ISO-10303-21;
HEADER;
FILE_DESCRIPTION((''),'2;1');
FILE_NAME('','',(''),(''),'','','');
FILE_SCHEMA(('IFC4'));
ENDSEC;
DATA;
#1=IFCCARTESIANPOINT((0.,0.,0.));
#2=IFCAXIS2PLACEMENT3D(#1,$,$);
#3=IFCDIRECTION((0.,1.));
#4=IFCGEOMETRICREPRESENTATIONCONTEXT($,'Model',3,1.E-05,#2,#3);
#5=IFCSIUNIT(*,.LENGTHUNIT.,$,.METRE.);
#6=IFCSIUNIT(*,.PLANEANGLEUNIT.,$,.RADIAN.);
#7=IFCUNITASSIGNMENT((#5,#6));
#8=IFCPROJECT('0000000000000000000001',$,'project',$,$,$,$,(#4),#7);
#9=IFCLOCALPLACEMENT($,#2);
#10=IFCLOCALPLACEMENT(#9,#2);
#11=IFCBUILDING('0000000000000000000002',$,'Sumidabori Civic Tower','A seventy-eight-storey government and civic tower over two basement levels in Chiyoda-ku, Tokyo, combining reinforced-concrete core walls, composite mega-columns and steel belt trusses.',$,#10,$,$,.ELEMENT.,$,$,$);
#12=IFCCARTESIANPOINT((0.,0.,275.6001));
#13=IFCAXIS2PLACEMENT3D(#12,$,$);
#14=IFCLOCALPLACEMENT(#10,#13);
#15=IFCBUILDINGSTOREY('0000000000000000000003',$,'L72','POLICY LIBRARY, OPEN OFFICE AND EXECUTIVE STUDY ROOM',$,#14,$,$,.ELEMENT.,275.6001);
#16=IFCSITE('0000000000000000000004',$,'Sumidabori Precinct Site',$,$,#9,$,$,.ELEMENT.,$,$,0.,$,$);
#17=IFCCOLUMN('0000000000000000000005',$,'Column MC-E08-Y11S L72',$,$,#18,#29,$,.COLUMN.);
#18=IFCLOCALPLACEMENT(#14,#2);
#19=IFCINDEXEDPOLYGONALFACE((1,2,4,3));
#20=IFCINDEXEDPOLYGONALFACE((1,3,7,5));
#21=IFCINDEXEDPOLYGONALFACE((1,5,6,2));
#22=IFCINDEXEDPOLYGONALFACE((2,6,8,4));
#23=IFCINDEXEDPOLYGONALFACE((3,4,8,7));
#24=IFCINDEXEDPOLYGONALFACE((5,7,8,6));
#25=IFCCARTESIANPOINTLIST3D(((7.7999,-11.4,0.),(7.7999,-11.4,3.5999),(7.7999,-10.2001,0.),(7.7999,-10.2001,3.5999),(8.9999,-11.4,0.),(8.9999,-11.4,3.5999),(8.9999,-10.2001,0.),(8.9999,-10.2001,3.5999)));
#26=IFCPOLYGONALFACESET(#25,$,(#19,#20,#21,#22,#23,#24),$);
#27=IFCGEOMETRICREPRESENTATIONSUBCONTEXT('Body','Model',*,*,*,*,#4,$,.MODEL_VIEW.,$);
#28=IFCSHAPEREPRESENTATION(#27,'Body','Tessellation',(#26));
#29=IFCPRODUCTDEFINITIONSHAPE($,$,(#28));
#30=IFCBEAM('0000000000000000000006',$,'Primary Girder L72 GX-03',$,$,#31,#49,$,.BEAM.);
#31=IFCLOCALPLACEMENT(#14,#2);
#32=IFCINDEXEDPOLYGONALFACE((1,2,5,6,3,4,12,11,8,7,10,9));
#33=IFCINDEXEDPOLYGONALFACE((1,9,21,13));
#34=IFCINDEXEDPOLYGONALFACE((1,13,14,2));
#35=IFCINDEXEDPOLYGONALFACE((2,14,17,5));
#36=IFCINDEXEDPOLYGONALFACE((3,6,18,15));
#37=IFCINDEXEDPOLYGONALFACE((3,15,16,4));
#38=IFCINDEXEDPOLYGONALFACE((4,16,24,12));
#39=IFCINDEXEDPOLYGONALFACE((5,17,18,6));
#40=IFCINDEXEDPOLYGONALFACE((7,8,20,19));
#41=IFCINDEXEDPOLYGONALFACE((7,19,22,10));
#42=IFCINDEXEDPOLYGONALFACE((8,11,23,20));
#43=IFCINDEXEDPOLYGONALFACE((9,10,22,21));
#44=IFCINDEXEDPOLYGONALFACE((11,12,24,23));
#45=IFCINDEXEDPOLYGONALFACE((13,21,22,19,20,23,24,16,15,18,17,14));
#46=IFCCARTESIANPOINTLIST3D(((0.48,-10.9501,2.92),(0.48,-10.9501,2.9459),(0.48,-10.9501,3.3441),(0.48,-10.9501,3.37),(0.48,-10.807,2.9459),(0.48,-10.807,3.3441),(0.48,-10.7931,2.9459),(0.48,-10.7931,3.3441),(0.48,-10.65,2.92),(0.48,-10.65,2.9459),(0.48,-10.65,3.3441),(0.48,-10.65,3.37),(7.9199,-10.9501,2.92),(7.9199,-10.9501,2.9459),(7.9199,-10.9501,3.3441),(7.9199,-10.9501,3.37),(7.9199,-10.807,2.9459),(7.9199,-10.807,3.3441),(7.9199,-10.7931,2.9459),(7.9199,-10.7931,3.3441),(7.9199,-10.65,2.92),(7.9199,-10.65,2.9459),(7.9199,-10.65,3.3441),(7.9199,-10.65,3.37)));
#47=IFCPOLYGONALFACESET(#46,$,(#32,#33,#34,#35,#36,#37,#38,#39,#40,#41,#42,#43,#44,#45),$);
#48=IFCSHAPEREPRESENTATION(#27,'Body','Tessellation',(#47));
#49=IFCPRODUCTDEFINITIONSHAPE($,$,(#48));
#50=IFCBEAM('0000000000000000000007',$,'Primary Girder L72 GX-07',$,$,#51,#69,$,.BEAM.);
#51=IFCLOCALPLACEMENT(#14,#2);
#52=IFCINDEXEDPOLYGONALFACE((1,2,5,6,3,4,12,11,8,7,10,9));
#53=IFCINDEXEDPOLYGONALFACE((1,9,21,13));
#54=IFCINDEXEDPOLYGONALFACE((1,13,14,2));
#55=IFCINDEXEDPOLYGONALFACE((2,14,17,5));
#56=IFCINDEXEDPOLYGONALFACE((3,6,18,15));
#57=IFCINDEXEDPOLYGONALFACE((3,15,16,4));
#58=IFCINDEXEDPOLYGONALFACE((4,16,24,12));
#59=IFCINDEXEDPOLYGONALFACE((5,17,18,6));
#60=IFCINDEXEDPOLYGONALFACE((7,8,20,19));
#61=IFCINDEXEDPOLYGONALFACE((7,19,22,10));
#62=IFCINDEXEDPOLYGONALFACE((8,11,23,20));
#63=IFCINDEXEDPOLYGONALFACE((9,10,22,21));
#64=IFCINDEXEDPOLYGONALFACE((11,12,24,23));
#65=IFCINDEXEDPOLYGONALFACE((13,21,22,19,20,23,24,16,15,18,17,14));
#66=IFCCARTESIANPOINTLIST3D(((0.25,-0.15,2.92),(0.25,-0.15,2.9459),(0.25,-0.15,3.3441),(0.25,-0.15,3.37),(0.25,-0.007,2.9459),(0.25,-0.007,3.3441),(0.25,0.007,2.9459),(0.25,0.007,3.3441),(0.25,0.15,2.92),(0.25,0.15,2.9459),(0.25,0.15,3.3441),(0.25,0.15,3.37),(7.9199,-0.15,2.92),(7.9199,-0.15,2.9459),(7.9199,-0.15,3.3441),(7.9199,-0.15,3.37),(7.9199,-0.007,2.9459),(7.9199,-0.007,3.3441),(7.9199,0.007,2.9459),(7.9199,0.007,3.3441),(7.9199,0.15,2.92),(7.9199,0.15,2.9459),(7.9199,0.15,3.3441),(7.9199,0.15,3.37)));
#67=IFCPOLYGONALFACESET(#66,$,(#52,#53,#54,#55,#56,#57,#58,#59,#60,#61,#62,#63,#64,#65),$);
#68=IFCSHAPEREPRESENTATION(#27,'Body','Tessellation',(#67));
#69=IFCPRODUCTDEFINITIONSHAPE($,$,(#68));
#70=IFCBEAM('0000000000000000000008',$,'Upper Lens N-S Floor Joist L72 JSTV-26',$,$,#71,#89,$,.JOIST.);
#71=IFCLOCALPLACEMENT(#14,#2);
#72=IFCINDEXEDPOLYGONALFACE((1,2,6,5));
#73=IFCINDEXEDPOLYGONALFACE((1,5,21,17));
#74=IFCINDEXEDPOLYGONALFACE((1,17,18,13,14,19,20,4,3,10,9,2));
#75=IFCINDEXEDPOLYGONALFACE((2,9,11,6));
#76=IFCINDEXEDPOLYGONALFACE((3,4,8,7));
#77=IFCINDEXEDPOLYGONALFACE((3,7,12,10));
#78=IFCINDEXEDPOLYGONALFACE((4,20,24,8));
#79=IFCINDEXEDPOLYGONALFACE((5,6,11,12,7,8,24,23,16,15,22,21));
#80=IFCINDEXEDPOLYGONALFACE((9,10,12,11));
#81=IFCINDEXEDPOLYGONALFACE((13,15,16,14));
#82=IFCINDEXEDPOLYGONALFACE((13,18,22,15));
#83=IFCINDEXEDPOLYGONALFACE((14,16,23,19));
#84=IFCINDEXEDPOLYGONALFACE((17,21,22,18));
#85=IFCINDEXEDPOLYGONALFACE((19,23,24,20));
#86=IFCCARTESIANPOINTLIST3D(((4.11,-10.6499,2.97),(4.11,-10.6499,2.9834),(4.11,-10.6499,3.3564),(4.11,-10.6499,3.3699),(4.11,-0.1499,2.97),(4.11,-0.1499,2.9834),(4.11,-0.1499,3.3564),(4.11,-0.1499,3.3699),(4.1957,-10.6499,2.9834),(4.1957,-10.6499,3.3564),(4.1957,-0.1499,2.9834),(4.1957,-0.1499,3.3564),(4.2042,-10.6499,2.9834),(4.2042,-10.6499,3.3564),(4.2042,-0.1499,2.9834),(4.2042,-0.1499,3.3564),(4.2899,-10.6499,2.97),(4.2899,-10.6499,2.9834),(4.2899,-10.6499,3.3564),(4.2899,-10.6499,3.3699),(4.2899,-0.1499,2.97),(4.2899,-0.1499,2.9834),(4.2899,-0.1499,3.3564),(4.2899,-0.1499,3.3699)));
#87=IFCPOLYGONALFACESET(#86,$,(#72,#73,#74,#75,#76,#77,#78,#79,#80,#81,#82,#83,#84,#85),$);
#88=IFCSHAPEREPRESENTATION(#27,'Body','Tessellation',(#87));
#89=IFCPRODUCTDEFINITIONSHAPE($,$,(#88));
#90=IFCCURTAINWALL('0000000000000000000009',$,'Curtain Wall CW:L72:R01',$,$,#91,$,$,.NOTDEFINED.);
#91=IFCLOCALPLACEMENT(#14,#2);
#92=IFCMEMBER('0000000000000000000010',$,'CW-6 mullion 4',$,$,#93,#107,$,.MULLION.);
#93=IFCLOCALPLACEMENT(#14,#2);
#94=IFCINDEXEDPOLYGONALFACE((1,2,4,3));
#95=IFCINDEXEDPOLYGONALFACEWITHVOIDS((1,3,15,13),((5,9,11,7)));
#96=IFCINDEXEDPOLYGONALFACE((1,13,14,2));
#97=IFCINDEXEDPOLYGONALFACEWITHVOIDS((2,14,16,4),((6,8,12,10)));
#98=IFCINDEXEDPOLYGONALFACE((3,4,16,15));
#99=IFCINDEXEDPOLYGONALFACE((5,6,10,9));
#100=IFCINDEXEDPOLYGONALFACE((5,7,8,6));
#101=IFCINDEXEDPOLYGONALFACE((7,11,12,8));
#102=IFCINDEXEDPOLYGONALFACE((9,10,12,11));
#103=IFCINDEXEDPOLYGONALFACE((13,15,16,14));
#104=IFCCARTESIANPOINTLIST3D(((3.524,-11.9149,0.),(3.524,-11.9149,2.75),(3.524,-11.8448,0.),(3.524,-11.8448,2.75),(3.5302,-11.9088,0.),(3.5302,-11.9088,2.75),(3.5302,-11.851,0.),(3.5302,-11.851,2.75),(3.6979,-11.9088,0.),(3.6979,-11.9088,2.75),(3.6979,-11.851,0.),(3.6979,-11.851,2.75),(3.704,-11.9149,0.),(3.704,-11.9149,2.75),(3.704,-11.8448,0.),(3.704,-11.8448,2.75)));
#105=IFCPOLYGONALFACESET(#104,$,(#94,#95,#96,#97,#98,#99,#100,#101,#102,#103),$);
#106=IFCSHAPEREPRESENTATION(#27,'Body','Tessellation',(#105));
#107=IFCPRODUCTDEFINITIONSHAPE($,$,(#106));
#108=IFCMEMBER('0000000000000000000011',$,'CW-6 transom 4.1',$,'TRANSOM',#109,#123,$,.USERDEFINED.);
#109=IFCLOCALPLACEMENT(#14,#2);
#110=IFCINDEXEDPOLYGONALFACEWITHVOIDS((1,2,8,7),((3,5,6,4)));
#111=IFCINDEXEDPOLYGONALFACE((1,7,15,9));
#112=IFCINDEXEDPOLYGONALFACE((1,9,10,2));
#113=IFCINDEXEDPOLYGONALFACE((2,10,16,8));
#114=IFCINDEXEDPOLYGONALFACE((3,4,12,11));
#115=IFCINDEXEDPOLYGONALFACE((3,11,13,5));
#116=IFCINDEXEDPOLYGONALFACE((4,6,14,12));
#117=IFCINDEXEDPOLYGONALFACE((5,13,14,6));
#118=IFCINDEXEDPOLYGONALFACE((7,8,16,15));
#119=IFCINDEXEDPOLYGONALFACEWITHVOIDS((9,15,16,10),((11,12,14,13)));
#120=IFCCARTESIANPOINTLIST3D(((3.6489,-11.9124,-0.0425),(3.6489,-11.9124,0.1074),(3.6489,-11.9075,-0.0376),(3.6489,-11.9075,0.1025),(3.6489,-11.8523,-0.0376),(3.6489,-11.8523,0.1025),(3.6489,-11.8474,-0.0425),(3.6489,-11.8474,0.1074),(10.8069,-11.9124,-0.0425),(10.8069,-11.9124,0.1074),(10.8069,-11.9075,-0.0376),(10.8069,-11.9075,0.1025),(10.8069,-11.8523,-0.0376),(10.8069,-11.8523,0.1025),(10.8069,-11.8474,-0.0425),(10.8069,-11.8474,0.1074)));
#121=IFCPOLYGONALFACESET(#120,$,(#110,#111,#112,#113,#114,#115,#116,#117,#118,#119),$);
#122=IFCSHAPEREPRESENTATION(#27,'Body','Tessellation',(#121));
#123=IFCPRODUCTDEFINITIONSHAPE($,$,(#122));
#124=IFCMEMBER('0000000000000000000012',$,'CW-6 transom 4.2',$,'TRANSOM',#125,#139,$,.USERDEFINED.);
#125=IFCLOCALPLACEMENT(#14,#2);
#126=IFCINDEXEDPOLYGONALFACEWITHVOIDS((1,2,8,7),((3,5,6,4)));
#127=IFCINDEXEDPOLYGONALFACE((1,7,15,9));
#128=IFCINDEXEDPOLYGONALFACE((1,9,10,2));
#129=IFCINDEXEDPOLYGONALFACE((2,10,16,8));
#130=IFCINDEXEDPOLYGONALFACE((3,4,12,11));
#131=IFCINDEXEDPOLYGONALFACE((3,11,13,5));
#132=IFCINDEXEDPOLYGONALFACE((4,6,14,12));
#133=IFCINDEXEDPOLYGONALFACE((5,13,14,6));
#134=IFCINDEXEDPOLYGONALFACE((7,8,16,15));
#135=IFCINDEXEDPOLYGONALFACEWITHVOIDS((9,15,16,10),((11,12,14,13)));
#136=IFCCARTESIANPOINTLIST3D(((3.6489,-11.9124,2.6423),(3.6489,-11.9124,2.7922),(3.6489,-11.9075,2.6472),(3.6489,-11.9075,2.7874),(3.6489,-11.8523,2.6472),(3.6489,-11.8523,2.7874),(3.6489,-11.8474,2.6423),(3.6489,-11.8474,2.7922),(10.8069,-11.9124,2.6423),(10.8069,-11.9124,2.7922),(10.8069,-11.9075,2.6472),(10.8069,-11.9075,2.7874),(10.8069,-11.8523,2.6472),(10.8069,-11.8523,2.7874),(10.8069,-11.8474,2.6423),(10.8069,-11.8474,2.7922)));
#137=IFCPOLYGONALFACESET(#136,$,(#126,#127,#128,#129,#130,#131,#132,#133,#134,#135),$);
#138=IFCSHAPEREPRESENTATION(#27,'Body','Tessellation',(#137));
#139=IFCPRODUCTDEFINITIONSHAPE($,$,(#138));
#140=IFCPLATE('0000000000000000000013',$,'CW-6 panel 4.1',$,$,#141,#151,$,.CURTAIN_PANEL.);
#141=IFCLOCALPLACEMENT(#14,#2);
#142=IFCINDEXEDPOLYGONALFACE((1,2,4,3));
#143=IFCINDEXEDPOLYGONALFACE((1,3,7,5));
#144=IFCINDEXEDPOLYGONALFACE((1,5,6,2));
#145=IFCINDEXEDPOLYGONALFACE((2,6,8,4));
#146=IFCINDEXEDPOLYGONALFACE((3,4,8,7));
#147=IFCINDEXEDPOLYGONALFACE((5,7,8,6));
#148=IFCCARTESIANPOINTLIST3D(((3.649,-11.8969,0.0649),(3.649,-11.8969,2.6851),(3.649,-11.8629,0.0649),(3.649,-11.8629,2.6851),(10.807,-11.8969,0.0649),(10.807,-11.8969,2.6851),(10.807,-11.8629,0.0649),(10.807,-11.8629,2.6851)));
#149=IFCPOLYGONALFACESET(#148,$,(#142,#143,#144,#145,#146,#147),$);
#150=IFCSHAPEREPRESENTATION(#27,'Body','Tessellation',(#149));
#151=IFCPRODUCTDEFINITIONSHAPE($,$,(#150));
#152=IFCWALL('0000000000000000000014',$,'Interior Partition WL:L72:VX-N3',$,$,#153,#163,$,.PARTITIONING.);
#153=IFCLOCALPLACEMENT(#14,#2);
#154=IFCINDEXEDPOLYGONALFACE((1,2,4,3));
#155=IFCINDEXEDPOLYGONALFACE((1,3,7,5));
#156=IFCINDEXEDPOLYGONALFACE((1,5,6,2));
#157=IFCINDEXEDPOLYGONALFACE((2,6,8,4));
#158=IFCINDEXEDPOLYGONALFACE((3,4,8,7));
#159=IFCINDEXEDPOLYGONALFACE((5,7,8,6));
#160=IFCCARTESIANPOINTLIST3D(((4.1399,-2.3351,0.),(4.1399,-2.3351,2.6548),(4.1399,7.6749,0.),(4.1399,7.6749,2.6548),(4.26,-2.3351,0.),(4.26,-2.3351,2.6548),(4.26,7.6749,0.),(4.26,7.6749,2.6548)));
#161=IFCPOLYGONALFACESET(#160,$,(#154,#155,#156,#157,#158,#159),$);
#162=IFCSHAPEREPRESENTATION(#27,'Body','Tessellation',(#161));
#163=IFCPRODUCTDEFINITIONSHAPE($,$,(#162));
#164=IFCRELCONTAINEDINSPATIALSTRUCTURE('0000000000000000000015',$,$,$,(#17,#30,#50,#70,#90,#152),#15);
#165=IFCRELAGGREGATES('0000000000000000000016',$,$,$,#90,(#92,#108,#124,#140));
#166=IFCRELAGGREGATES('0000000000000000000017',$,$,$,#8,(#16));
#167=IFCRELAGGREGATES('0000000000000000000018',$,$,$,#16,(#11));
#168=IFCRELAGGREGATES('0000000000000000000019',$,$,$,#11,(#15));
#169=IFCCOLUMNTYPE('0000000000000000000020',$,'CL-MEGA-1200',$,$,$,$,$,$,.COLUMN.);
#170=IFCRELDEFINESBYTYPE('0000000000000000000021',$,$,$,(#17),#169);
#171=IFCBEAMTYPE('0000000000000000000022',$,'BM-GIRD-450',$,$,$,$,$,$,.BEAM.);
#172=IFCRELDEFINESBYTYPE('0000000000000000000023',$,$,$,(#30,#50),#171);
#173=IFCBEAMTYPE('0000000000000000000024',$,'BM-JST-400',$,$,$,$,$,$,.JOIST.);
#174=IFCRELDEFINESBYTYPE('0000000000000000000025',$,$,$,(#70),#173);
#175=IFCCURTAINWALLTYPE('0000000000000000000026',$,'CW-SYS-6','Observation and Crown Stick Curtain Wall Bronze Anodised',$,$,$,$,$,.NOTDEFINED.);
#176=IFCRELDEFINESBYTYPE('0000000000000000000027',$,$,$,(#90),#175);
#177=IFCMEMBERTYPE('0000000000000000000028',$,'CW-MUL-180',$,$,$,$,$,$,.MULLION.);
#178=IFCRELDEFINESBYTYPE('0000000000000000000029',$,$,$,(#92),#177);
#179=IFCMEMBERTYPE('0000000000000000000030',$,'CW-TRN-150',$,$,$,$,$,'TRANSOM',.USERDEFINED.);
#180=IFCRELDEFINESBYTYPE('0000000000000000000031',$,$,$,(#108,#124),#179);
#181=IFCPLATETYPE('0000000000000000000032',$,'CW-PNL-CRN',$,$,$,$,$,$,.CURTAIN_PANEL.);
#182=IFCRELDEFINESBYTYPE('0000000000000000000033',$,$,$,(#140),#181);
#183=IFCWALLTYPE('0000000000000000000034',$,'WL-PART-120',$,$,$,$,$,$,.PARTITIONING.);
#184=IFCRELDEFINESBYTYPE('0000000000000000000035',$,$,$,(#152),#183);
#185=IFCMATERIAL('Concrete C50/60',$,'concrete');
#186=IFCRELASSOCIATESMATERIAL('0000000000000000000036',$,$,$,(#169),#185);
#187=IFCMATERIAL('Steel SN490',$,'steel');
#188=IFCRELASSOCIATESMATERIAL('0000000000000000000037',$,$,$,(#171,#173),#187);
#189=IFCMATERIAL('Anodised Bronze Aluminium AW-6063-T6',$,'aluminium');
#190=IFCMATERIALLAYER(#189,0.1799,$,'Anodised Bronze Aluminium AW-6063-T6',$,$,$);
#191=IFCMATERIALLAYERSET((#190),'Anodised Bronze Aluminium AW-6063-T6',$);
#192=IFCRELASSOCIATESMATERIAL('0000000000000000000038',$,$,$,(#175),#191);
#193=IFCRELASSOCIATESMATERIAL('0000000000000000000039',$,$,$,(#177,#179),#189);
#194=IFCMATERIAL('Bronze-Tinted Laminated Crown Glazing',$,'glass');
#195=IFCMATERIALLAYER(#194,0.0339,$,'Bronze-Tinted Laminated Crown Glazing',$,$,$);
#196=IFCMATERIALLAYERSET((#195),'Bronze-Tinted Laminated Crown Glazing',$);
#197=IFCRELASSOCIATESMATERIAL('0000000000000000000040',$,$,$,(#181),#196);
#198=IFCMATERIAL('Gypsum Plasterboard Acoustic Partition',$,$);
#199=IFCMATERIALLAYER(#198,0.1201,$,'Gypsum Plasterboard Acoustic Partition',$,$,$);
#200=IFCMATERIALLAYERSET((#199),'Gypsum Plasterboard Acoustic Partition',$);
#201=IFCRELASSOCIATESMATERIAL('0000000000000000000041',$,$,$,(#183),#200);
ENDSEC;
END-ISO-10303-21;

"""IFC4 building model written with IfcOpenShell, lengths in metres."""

from ifc_helpers import new_model, si_unit, direction, frame, frame_2d, origin, origin_2d, place, context, subcontext, project, spatial, rectangle, hollow_rectangle, i_section, extrude, source, transform, mapped, material, layer, layer_set, material_profile, profile_set, type_object, element, aggregate, save


model = new_model("IFC4")

# Units and contexts
model_context = context("Model", 3, precision=1e-05, world=origin(), true_north=direction((0.0, 1.0)))
body_context = subcontext(model_context, "Body", "Model", "MODEL_VIEW")
ifc_project = project(units=[si_unit("LENGTHUNIT", "METRE"), si_unit("PLANEANGLEUNIT", "RADIAN")], contexts=[model_context])

# Site, building, storey
site_placement = place(None, origin())
site = spatial("IfcSite", under=ifc_project, at=site_placement, Name="Sumidabori Precinct Site", CompositionType="ELEMENT", RefElevation=0.0)
building_placement = place(site_placement, origin())
building = spatial("IfcBuilding", under=site, at=building_placement, Name="Sumidabori Civic Tower", Description="A seventy-eight-storey government and civic tower over two basement levels in Chiyoda-ku, Tokyo, combining reinforced-concrete core walls, composite mega-columns and steel belt trusses.", CompositionType="ELEMENT")
storey_placement = place(building_placement, frame((0.0, 0.0, 275.6001)))
storey = spatial("IfcBuildingStorey", under=building, at=storey_placement, Name="L72", Description="POLICY LIBRARY, OPEN OFFICE AND EXECUTIVE STUDY ROOM", CompositionType="ELEMENT", Elevation=275.6001)

# Column
ifc_material_1 = material(Name="Concrete C50/60", Category="concrete")
ifc_material_profile_1 = material_profile(ifc_material_1, rectangle(XDim=1.2, YDim=1.2, at=origin_2d()), Name="RC 1200x1200")
ifc_profile_set_1 = profile_set([ifc_material_profile_1], Name="Concrete C50/60")
column_type = type_object("IfcColumnType", Name="CL-MEGA-1200", PredefinedType="COLUMN", material=ifc_profile_set_1)
shared_shape_1 = source(origin(), body_context, "Body", "SweptSolid", [
    extrude(rectangle(XDim=1.2, YDim=1.2, at=origin_2d()), origin(), (0.0, 0.0, 1.0), 3.5999),
])
column_placement = place(storey_placement, frame((8.3999, -10.8, 0.0), z_axis=(0.0, 0.0, 1.0), x_axis=(1.0, 0.0, 0.0)))
element("IfcColumn", 1, at=column_placement, inside=storey, type_object=column_type, Name="Column MC-E08-Y11S L72", PredefinedType="COLUMN", context=body_context, shape_type="MappedRepresentation", body=[
    mapped(shared_shape_1, transform((0.0, 0.0, 0.0), x_axis=(1.0, 0.0, 0.0), y_axis=(0.0, 1.0, 0.0), z_axis=(0.0, 0.0, 1.0), scale=1.0)),
])

# Beams
ifc_material_2 = material(Name="Steel SN490", Category="steel")
ifc_material_profile_2 = material_profile(ifc_material_2, i_section(OverallWidth=0.3, OverallDepth=0.45, WebThickness=0.0139, FlangeThickness=0.0259, at=origin_2d()), Name="HE 450 B")
ifc_profile_set_2 = profile_set([ifc_material_profile_2], Name="Steel SN490")
beam_type_1 = type_object("IfcBeamType", Name="BM-GIRD-450", PredefinedType="BEAM", material=ifc_profile_set_2)
shared_shape_2 = source(origin(), body_context, "Body", "SweptSolid", [
    extrude(i_section(OverallWidth=0.3, OverallDepth=0.45, WebThickness=0.0139, FlangeThickness=0.0259, at=origin_2d()), origin(), (0.0, 0.0, 1.0), 7.4399),
])
beam_1_placement = place(storey_placement, frame((0.48, -10.8, 3.145), z_axis=(1.0, 0.0, 0.0), x_axis=(0.0, 1.0, 0.0)))
element("IfcBeam", 2, at=beam_1_placement, inside=storey, type_object=beam_type_1, Name="Primary Girder L72 GX-03", PredefinedType="BEAM", context=body_context, shape_type="MappedRepresentation", body=[
    mapped(shared_shape_2, transform((0.0, 0.0, 0.0), x_axis=(1.0, 0.0, 0.0), y_axis=(0.0, 1.0, 0.0), z_axis=(0.0, 0.0, 1.0), scale=1.0)),
])
shared_shape_3 = source(origin(), body_context, "Body", "SweptSolid", [
    extrude(i_section(OverallWidth=0.3, OverallDepth=0.45, WebThickness=0.0139, FlangeThickness=0.0259, at=origin_2d()), origin(), (0.0, 0.0, 1.0), 7.6699),
])
beam_2_placement = place(storey_placement, frame((0.25, 0.0, 3.145), z_axis=(1.0, 0.0, 0.0), x_axis=(0.0, 1.0, 0.0)))
element("IfcBeam", 3, at=beam_2_placement, inside=storey, type_object=beam_type_1, Name="Primary Girder L72 GX-07", PredefinedType="BEAM", context=body_context, shape_type="MappedRepresentation", body=[
    mapped(shared_shape_3, transform((0.0, 0.0, 0.0), x_axis=(1.0, 0.0, 0.0), y_axis=(0.0, 1.0, 0.0), z_axis=(0.0, 0.0, 1.0), scale=1.0)),
])
ifc_material_profile_3 = material_profile(ifc_material_2, i_section(OverallWidth=0.1799, OverallDepth=0.3999, WebThickness=0.0085, FlangeThickness=0.0134, at=origin_2d()), Name="IPE 400")
ifc_profile_set_3 = profile_set([ifc_material_profile_3], Name="Steel SN490")
beam_type_2 = type_object("IfcBeamType", Name="BM-JST-400", PredefinedType="JOIST", material=ifc_profile_set_3)
shared_shape_4 = source(origin(), body_context, "Body", "SweptSolid", [
    extrude(i_section(OverallWidth=0.1799, OverallDepth=0.3999, WebThickness=0.0085, FlangeThickness=0.0134, at=origin_2d()), origin(), (0.0, 0.0, 1.0), 10.5),
])
beam_3_placement = place(storey_placement, frame((4.2, -10.6499, 3.1699), z_axis=(0.0, 1.0, 0.0), x_axis=(-1.0, 0.0, 0.0)))
element("IfcBeam", 4, at=beam_3_placement, inside=storey, type_object=beam_type_2, Name="Upper Lens N-S Floor Joist L72 JSTV-26", PredefinedType="JOIST", context=body_context, shape_type="MappedRepresentation", body=[
    mapped(shared_shape_4, transform((0.0, 0.0, 0.0), x_axis=(1.0, 0.0, 0.0), y_axis=(0.0, 1.0, 0.0), z_axis=(0.0, 0.0, 1.0), scale=1.0)),
])

# Curtain wall, members, plate
ifc_material_3 = material(Name="Anodised Bronze Aluminium AW-6063-T6", Category="aluminium")
ifc_layer_1 = layer(ifc_material_3, 0.1799, Name="Anodised Bronze Aluminium AW-6063-T6")
ifc_layer_set_1 = layer_set([ifc_layer_1], Name="Anodised Bronze Aluminium AW-6063-T6")
curtain_wall_type = type_object("IfcCurtainWallType", Name="CW-SYS-6", Description="Observation and Crown Stick Curtain Wall Bronze Anodised", PredefinedType="NOTDEFINED", material=ifc_layer_set_1)
curtain_wall_placement = place(storey_placement, origin())
curtain_wall = element("IfcCurtainWall", 5, at=curtain_wall_placement, inside=storey, type_object=curtain_wall_type, Name="Curtain Wall CW:L72:R01", PredefinedType="NOTDEFINED")
ifc_material_profile_4 = material_profile(ifc_material_3, hollow_rectangle(XDim=0.0701, YDim=0.1799, WallThickness=0.0061, at=origin_2d()), Name="ALU MULLION 180x70")
ifc_profile_set_4 = profile_set([ifc_material_profile_4], Name="Anodised Bronze Aluminium AW-6063-T6")
member_type_1 = type_object("IfcMemberType", Name="CW-MUL-180", PredefinedType="MULLION", material=ifc_profile_set_4)
shared_shape_5 = source(origin(), body_context, "Body", "SweptSolid", [
    extrude(hollow_rectangle(XDim=0.0701, YDim=0.1799, WallThickness=0.0061, at=origin_2d()), origin(), (0.0, 0.0, 1.0), 2.75),
])
member_1_placement = place(storey_placement, frame((3.614, -11.8799, 0.0), z_axis=(0.0, 0.0, 1.0), x_axis=(0.0, 1.0, 0.0)))
member_1 = element("IfcMember", 6, at=member_1_placement, type_object=member_type_1, Name="CW-6 mullion 4", PredefinedType="MULLION", context=body_context, shape_type="MappedRepresentation", body=[
    mapped(shared_shape_5, transform((0.0, 0.0, 0.0), x_axis=(1.0, 0.0, 0.0), y_axis=(0.0, 1.0, 0.0), z_axis=(0.0, 0.0, 1.0), scale=1.0)),
])
ifc_material_profile_5 = material_profile(ifc_material_3, hollow_rectangle(XDim=0.0649, YDim=0.1499, WallThickness=0.0049, at=origin_2d()), Name="ALU TRANSOM 150x65")
ifc_profile_set_5 = profile_set([ifc_material_profile_5], Name="Anodised Bronze Aluminium AW-6063-T6")
member_type_2 = type_object("IfcMemberType", Name="CW-TRN-150", ElementType="TRANSOM", PredefinedType="USERDEFINED", material=ifc_profile_set_5)
shared_shape_6 = source(origin(), body_context, "Body", "SweptSolid", [
    extrude(hollow_rectangle(XDim=0.0649, YDim=0.1499, WallThickness=0.0049, at=origin_2d()), origin(), (0.0, 0.0, 1.0), 7.158),
])
member_2_placement = place(storey_placement, frame((3.6489, -11.8799, 0.0325), z_axis=(1.0, 0.0, 0.0), x_axis=(0.0, 1.0, 0.0)))
member_2 = element("IfcMember", 7, at=member_2_placement, type_object=member_type_2, Name="CW-6 transom 4.1", ObjectType="TRANSOM", PredefinedType="USERDEFINED", context=body_context, shape_type="MappedRepresentation", body=[
    mapped(shared_shape_6, transform((0.0, 0.0, 0.0), x_axis=(1.0, 0.0, 0.0), y_axis=(0.0, 1.0, 0.0), z_axis=(0.0, 0.0, 1.0), scale=1.0)),
])
member_3_placement = place(storey_placement, frame((3.6489, -11.8799, 2.7173), z_axis=(1.0, 0.0, 0.0), x_axis=(0.0, 1.0, 0.0)))
member_3 = element("IfcMember", 8, at=member_3_placement, type_object=member_type_2, Name="CW-6 transom 4.2", ObjectType="TRANSOM", PredefinedType="USERDEFINED", context=body_context, shape_type="MappedRepresentation", body=[
    mapped(shared_shape_6, transform((0.0, 0.0, 0.0), x_axis=(1.0, 0.0, 0.0), y_axis=(0.0, 1.0, 0.0), z_axis=(0.0, 0.0, 1.0), scale=1.0)),
])
ifc_material_4 = material(Name="Bronze-Tinted Laminated Crown Glazing", Category="glass")
ifc_layer_2 = layer(ifc_material_4, 0.0339, Name="Bronze-Tinted Laminated Crown Glazing")
ifc_layer_set_2 = layer_set([ifc_layer_2], Name="Bronze-Tinted Laminated Crown Glazing")
plate_type = type_object("IfcPlateType", Name="CW-PNL-CRN", PredefinedType="CURTAIN_PANEL", material=ifc_layer_set_2)
shared_shape_7 = source(origin(), body_context, "Body", "SweptSolid", [
    extrude(rectangle(XDim=7.158, YDim=0.0339, at=origin_2d()), origin(), (0.0, 0.0, 1.0), 2.6201),
])
plate_placement = place(storey_placement, frame((7.228, -11.8799, 0.0649), z_axis=(0.0, 0.0, 1.0), x_axis=(1.0, 0.0, 0.0)))
plate = element("IfcPlate", 9, at=plate_placement, type_object=plate_type, Name="CW-6 panel 4.1", PredefinedType="CURTAIN_PANEL", context=body_context, shape_type="MappedRepresentation", body=[
    mapped(shared_shape_7, transform((0.0, 0.0, 0.0), x_axis=(1.0, 0.0, 0.0), y_axis=(0.0, 1.0, 0.0), z_axis=(0.0, 0.0, 1.0), scale=1.0)),
])
aggregate(curtain_wall, [member_1, member_2, member_3, plate])

# Wall
ifc_material_5 = material(Name="Gypsum Plasterboard Acoustic Partition")
ifc_layer_3 = layer(ifc_material_5, 0.1201, Name="Gypsum Plasterboard Acoustic Partition")
ifc_layer_set_3 = layer_set([ifc_layer_3], Name="Gypsum Plasterboard Acoustic Partition")
wall_type = type_object("IfcWallType", Name="WL-PART-120", PredefinedType="PARTITIONING", material=ifc_layer_set_3)
shared_shape_8 = source(origin(), body_context, "Body", "SweptSolid", [
    extrude(rectangle(XDim=10.01, YDim=0.1201, at=frame_2d((5.0049, 0.0))), origin(), (0.0, 0.0, 1.0), 2.6548),
])
wall_placement = place(storey_placement, frame((4.2, -2.335, 0.0), z_axis=(0.0, 0.0, 1.0), x_axis=(0.0, 1.0, 0.0)))
element("IfcWall", 10, at=wall_placement, inside=storey, type_object=wall_type, Name="Interior Partition WL:L72:VX-N3", PredefinedType="PARTITIONING", context=body_context, shape_type="MappedRepresentation", body=[
    mapped(shared_shape_8, transform((0.0, 0.0, 0.0), x_axis=(1.0, 0.0, 0.0), y_axis=(0.0, 1.0, 0.0), z_axis=(0.0, 0.0, 1.0), scale=1.0)),
])

save(model, "model.ifc")
